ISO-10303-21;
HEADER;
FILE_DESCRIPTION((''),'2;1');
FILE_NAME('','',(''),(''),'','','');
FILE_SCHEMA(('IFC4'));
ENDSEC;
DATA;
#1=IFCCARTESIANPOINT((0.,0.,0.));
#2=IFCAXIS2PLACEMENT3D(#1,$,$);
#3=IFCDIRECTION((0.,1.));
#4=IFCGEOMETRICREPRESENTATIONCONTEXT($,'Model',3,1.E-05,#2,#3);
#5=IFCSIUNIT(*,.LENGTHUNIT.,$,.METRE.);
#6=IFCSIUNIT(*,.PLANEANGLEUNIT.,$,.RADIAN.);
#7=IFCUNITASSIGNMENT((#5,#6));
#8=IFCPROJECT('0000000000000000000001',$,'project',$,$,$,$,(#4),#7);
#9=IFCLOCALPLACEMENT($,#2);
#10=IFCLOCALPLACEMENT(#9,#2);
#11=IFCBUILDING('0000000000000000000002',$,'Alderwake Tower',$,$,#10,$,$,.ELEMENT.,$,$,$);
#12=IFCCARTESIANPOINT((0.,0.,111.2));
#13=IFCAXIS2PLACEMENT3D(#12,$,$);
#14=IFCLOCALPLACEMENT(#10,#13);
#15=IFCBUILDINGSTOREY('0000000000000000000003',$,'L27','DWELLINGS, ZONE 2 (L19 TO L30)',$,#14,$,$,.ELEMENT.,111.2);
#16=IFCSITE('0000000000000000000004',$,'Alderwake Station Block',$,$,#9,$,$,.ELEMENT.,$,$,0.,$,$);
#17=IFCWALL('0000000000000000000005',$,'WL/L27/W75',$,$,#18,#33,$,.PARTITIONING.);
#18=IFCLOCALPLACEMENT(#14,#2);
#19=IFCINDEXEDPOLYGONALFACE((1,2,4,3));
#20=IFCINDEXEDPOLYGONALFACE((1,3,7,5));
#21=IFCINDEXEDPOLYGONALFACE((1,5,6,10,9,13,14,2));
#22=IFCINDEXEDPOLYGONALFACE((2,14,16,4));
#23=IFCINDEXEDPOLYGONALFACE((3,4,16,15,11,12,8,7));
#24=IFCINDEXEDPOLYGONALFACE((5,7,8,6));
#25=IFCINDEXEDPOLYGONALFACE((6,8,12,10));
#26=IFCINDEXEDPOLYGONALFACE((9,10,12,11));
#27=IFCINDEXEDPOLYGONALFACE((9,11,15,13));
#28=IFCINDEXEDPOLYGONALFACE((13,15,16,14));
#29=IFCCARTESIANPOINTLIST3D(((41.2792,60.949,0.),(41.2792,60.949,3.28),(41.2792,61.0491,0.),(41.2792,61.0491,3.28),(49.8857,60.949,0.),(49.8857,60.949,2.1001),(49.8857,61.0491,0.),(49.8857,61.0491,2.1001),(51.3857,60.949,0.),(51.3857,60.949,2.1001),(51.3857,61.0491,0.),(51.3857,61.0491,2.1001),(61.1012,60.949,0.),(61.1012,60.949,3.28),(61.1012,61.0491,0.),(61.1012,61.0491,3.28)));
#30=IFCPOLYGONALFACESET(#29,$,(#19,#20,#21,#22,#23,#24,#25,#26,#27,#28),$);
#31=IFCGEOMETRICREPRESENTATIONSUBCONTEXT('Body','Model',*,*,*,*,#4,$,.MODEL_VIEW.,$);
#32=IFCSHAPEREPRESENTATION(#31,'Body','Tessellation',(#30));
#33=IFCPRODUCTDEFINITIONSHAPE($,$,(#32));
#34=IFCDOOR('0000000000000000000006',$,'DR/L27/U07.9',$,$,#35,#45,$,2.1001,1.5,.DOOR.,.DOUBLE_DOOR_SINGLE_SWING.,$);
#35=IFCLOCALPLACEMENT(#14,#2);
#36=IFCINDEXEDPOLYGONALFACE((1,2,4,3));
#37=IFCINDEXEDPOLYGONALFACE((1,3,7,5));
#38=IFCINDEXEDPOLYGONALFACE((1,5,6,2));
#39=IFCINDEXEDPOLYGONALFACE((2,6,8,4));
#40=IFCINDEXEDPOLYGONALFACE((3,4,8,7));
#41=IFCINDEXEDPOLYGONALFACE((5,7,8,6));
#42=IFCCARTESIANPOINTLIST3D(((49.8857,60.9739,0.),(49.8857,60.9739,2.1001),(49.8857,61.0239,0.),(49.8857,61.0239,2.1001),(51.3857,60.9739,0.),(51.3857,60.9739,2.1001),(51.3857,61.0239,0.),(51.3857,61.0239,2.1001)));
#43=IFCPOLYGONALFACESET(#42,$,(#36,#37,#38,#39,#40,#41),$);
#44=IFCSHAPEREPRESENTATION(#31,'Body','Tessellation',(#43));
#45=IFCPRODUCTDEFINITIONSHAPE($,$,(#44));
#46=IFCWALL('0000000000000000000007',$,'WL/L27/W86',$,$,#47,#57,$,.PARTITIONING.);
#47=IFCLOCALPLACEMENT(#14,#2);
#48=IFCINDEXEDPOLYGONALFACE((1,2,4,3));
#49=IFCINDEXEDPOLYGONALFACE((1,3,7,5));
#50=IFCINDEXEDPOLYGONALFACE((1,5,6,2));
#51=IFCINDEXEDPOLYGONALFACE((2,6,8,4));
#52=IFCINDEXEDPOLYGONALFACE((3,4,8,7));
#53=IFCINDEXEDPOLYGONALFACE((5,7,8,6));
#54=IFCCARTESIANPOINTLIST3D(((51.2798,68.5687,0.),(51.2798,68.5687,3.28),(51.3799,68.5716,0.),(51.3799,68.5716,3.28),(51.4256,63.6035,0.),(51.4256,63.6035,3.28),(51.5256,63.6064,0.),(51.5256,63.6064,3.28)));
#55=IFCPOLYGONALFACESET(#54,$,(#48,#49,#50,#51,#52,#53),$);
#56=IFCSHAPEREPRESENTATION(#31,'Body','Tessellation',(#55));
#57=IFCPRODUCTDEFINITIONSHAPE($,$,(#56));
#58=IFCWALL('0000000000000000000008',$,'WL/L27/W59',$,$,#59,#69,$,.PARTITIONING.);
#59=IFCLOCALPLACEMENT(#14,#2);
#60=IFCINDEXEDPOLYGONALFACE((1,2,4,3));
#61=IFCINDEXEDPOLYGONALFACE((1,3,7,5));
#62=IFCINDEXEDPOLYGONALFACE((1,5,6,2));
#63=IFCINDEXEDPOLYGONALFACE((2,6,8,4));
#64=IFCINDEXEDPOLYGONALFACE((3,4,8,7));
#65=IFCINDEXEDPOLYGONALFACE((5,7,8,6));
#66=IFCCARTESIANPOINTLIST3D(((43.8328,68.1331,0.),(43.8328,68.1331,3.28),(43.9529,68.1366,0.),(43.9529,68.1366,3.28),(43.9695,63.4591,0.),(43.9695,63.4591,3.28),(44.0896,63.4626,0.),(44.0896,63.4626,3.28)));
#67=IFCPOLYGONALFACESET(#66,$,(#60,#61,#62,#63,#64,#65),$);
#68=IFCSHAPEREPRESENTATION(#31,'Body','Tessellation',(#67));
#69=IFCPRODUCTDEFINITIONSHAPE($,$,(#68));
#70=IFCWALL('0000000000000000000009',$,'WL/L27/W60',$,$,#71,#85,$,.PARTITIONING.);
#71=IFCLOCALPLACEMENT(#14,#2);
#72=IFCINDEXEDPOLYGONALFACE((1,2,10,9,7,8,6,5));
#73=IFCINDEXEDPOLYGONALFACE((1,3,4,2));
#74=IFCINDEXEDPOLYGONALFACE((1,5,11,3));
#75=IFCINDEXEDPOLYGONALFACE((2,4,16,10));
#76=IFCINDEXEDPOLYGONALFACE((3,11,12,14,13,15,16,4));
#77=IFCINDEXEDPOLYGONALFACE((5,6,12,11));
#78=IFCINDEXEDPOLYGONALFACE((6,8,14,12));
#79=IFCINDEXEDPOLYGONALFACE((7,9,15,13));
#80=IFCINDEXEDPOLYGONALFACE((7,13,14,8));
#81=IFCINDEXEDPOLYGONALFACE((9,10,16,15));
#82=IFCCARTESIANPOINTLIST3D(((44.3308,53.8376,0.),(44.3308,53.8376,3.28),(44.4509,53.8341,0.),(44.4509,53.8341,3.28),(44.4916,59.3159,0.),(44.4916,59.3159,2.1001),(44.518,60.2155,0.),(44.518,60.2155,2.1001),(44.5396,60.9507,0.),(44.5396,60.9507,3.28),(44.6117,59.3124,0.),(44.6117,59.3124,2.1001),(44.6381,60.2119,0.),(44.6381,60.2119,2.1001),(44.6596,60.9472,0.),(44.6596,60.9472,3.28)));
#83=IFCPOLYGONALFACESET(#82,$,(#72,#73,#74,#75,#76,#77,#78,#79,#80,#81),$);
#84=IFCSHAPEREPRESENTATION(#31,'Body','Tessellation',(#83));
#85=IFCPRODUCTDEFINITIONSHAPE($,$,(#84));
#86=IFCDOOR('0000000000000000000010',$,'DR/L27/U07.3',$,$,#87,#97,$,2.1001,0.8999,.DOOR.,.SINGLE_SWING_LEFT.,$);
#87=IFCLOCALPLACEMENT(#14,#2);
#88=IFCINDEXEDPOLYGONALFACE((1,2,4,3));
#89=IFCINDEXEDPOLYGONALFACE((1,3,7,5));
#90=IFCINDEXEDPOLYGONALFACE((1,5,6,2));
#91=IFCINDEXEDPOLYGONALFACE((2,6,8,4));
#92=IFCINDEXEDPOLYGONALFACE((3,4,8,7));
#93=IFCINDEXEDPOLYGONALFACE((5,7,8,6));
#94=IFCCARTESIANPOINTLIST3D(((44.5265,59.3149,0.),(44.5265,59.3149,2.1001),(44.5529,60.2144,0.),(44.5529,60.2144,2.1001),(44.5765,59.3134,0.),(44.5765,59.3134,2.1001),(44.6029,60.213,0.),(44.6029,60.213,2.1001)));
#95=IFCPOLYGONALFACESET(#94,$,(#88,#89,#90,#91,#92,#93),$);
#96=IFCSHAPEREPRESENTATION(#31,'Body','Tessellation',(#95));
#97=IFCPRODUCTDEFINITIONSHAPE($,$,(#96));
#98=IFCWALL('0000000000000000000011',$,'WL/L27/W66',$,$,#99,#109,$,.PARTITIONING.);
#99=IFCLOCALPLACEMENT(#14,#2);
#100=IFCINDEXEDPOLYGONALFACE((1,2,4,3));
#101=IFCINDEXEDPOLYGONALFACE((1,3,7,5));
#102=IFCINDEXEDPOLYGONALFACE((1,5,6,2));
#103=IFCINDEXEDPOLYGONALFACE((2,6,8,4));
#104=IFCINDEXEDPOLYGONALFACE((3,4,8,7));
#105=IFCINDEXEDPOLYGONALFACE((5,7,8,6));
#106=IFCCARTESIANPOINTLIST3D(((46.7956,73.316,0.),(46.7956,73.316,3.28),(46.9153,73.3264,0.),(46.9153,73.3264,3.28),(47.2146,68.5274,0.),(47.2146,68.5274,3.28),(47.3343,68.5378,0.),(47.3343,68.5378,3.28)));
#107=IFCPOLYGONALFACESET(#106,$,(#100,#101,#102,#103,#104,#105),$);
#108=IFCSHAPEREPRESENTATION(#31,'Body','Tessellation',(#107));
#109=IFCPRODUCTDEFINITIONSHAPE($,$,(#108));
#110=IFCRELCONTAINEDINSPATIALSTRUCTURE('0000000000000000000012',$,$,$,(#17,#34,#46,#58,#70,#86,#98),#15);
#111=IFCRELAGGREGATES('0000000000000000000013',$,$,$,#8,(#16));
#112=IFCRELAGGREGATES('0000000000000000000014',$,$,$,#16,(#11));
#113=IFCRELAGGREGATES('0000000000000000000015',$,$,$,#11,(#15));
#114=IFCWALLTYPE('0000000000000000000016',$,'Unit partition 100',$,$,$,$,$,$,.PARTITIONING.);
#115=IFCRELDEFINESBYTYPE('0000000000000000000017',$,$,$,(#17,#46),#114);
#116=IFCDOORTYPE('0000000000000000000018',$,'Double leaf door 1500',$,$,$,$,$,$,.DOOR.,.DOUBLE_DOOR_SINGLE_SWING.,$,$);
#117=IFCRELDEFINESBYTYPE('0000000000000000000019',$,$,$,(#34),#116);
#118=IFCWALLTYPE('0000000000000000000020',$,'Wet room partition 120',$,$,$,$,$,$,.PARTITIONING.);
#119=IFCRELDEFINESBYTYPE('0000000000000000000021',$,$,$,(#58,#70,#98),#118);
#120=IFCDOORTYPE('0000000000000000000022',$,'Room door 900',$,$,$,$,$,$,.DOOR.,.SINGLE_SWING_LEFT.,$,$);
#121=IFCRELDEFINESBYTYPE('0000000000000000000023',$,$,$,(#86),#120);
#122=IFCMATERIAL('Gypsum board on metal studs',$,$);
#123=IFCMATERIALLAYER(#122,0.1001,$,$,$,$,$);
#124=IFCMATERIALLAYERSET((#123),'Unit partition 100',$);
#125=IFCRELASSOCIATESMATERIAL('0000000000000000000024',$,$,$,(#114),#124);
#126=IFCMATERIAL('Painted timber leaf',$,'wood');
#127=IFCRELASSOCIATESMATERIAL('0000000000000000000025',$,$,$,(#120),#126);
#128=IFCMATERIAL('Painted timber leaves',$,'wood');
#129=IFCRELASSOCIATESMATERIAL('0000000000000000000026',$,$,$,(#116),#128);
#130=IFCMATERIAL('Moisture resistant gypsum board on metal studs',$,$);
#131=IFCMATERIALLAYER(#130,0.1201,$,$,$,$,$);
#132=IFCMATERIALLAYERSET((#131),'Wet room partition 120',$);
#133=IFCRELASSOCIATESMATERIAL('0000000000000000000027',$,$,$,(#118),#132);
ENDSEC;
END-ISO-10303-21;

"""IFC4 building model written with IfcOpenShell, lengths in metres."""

from ifc_helpers import new_model, si_unit, direction, frame, frame_2d, origin, place, context, subcontext, project, spatial, rectangle, extrude, material, layer, layer_set, type_object, element, fill, save


model = new_model("IFC4")

# Units and contexts
model_context = context("Model", 3, precision=1e-05, world=origin(), true_north=direction((0.0, 1.0)))
body_context = subcontext(model_context, "Body", "Model", "MODEL_VIEW")
ifc_project = project(units=[si_unit("LENGTHUNIT", "METRE"), si_unit("PLANEANGLEUNIT", "RADIAN")], contexts=[model_context])

# Site, building, storey
site_placement = place(None, origin())
site = spatial("IfcSite", under=ifc_project, at=site_placement, Name="Alderwake Station Block", CompositionType="ELEMENT", RefElevation=0.0)
building_placement = place(site_placement, origin())
building = spatial("IfcBuilding", under=site, at=building_placement, Name="Alderwake Tower", CompositionType="ELEMENT")
storey_placement = place(building_placement, frame((0.0, 0.0, 111.2)))
storey = spatial("IfcBuildingStorey", under=building, at=storey_placement, Name="L27", Description="DWELLINGS, ZONE 2 (L19 TO L30)", CompositionType="ELEMENT", Elevation=111.2)

# Shared definitions
ifc_material_1 = material(Name="Gypsum board on metal studs")
ifc_layer_1 = layer(ifc_material_1, 0.1001)
ifc_layer_set_1 = layer_set([ifc_layer_1], Name="Unit partition 100")
wall_type_1 = type_object("IfcWallType", Name="Unit partition 100", PredefinedType="PARTITIONING", material=ifc_layer_set_1)
ifc_material_2 = material(Name="Painted timber leaf", Category="wood")
door_type_1 = type_object("IfcDoorType", Name="Room door 900", OperationType="SINGLE_SWING_LEFT", PredefinedType="DOOR", material=ifc_material_2)

# Wall, opening, door
wall_1_placement = place(storey_placement, frame((41.2791, 60.999, 0.0), z_axis=(0.0, 0.0, 1.0), x_axis=(1.0, 0.0, 0.0)))
wall_1 = element("IfcWall", 1, at=wall_1_placement, inside=storey, type_object=wall_type_1, Name="WL/L27/W75", PredefinedType="PARTITIONING", context=body_context, shape_type="SweptSolid", body=[
    extrude(rectangle(XDim=19.822, YDim=0.1001, at=frame_2d((9.9111, 0.0))), origin(), (0.0, 0.0, 1.0), 3.28),
])
opening_1_placement = place(wall_1_placement, frame((8.6067, 0.0, 0.0)))
opening_1 = element("IfcOpeningElement", 2, at=opening_1_placement, cuts=wall_1, PredefinedType="OPENING", context=body_context, shape_type="SweptSolid", body=[
    extrude(rectangle(XDim=1.5, YDim=2.1001, at=frame_2d((0.75, 1.05))), frame((0.0, 0.0601, 0.0), z_axis=(0.0, -1.0, 0.0), x_axis=(1.0, 0.0, 0.0)), (0.0, 0.0, 1.0), 0.1201),
])
ifc_material_3 = material(Name="Painted timber leaves", Category="wood")
door_type_2 = type_object("IfcDoorType", Name="Double leaf door 1500", OperationType="DOUBLE_DOOR_SINGLE_SWING", PredefinedType="DOOR", material=ifc_material_3)
door_1_placement = place(opening_1_placement, origin())
door_1 = element("IfcDoor", 3, at=door_1_placement, inside=storey, type_object=door_type_2, Name="DR/L27/U07.9", OperationType="DOUBLE_DOOR_SINGLE_SWING", OverallHeight=2.1001, OverallWidth=1.5, PredefinedType="DOOR", context=body_context, shape_type="SweptSolid", body=[
    extrude(rectangle(XDim=1.5, YDim=2.1001, at=frame_2d((0.75, 1.05))), frame((0.0, 0.0249, 0.0), z_axis=(0.0, -1.0, 0.0), x_axis=(1.0, 0.0, 0.0)), (0.0, 0.0, 1.0), 0.05),
])
fill(opening_1, door_1)

# Walls
wall_2_placement = place(storey_placement, frame((51.4756, 63.605, 0.0), z_axis=(0.0, 0.0, 1.0), x_axis=(-0.029343, 0.999569, 0.0)))
element("IfcWall", 4, at=wall_2_placement, inside=storey, type_object=wall_type_1, Name="WL/L27/W86", PredefinedType="PARTITIONING", context=body_context, shape_type="SweptSolid", body=[
    extrude(rectangle(XDim=4.9673, YDim=0.1001, at=frame_2d((2.4836, 0.0))), origin(), (0.0, 0.0, 1.0), 3.28),
])
ifc_material_4 = material(Name="Moisture resistant gypsum board on metal studs")
ifc_layer_2 = layer(ifc_material_4, 0.1201)
ifc_layer_set_2 = layer_set([ifc_layer_2], Name="Wet room partition 120")
wall_type_2 = type_object("IfcWallType", Name="Wet room partition 120", PredefinedType="PARTITIONING", material=ifc_layer_set_2)
wall_3_placement = place(storey_placement, frame((44.0295, 63.4609, 0.0), z_axis=(0.0, 0.0, 1.0), x_axis=(-0.029238, 0.999572, 0.0)))
element("IfcWall", 5, at=wall_3_placement, inside=storey, type_object=wall_type_2, Name="WL/L27/W59", PredefinedType="PARTITIONING", context=body_context, shape_type="SweptSolid", body=[
    extrude(rectangle(XDim=4.676, YDim=0.1201, at=frame_2d((2.3379, 0.0))), origin(), (0.0, 0.0, 1.0), 3.28),
])

# Wall, opening, door
wall_4_placement = place(storey_placement, frame((44.5996, 60.949, 0.0), z_axis=(0.0, 0.0, 1.0), x_axis=(-0.029334, -0.99957, 0.0)))
wall_4 = element("IfcWall", 6, at=wall_4_placement, inside=storey, type_object=wall_type_2, Name="WL/L27/W60", PredefinedType="PARTITIONING", context=body_context, shape_type="SweptSolid", body=[
    extrude(rectangle(XDim=7.1162, YDim=0.1201, at=frame_2d((3.5581, 0.0))), origin(), (0.0, 0.0, 1.0), 3.28),
])
opening_2_placement = place(wall_4_placement, frame((0.7356, 0.0, 0.0)))
opening_2 = element("IfcOpeningElement", 7, at=opening_2_placement, cuts=wall_4, PredefinedType="OPENING", context=body_context, shape_type="SweptSolid", body=[
    extrude(rectangle(XDim=0.8999, YDim=2.1001, at=frame_2d((0.45, 1.05))), frame((0.0, 0.0701, 0.0), z_axis=(0.0, -1.0, 0.0), x_axis=(1.0, 0.0, 0.0)), (0.0, 0.0, 1.0), 0.1401),
])
door_2_placement = place(opening_2_placement, origin())
door_2 = element("IfcDoor", 8, at=door_2_placement, inside=storey, type_object=door_type_1, Name="DR/L27/U07.3", OperationType="SINGLE_SWING_LEFT", OverallHeight=2.1001, OverallWidth=0.8999, PredefinedType="DOOR", context=body_context, shape_type="SweptSolid", body=[
    extrude(rectangle(XDim=0.8999, YDim=2.1001, at=frame_2d((0.45, 1.05))), frame((0.0, 0.0249, 0.0), z_axis=(0.0, -1.0, 0.0), x_axis=(1.0, 0.0, 0.0)), (0.0, 0.0, 1.0), 0.05),
])
fill(opening_2, door_2)

# Wall
wall_5_placement = place(storey_placement, frame((47.2744, 68.5327, 0.0), z_axis=(0.0, 0.0, 1.0), x_axis=(-0.087156, 0.996195, 0.0)))
element("IfcWall", 9, at=wall_5_placement, inside=storey, type_object=wall_type_2, Name="WL/L27/W66", PredefinedType="PARTITIONING", context=body_context, shape_type="SweptSolid", body=[
    extrude(rectangle(XDim=4.8069, YDim=0.1201, at=frame_2d((2.4033, 0.0))), origin(), (0.0, 0.0, 1.0), 3.28),
])

save(model, "model.ifc")
